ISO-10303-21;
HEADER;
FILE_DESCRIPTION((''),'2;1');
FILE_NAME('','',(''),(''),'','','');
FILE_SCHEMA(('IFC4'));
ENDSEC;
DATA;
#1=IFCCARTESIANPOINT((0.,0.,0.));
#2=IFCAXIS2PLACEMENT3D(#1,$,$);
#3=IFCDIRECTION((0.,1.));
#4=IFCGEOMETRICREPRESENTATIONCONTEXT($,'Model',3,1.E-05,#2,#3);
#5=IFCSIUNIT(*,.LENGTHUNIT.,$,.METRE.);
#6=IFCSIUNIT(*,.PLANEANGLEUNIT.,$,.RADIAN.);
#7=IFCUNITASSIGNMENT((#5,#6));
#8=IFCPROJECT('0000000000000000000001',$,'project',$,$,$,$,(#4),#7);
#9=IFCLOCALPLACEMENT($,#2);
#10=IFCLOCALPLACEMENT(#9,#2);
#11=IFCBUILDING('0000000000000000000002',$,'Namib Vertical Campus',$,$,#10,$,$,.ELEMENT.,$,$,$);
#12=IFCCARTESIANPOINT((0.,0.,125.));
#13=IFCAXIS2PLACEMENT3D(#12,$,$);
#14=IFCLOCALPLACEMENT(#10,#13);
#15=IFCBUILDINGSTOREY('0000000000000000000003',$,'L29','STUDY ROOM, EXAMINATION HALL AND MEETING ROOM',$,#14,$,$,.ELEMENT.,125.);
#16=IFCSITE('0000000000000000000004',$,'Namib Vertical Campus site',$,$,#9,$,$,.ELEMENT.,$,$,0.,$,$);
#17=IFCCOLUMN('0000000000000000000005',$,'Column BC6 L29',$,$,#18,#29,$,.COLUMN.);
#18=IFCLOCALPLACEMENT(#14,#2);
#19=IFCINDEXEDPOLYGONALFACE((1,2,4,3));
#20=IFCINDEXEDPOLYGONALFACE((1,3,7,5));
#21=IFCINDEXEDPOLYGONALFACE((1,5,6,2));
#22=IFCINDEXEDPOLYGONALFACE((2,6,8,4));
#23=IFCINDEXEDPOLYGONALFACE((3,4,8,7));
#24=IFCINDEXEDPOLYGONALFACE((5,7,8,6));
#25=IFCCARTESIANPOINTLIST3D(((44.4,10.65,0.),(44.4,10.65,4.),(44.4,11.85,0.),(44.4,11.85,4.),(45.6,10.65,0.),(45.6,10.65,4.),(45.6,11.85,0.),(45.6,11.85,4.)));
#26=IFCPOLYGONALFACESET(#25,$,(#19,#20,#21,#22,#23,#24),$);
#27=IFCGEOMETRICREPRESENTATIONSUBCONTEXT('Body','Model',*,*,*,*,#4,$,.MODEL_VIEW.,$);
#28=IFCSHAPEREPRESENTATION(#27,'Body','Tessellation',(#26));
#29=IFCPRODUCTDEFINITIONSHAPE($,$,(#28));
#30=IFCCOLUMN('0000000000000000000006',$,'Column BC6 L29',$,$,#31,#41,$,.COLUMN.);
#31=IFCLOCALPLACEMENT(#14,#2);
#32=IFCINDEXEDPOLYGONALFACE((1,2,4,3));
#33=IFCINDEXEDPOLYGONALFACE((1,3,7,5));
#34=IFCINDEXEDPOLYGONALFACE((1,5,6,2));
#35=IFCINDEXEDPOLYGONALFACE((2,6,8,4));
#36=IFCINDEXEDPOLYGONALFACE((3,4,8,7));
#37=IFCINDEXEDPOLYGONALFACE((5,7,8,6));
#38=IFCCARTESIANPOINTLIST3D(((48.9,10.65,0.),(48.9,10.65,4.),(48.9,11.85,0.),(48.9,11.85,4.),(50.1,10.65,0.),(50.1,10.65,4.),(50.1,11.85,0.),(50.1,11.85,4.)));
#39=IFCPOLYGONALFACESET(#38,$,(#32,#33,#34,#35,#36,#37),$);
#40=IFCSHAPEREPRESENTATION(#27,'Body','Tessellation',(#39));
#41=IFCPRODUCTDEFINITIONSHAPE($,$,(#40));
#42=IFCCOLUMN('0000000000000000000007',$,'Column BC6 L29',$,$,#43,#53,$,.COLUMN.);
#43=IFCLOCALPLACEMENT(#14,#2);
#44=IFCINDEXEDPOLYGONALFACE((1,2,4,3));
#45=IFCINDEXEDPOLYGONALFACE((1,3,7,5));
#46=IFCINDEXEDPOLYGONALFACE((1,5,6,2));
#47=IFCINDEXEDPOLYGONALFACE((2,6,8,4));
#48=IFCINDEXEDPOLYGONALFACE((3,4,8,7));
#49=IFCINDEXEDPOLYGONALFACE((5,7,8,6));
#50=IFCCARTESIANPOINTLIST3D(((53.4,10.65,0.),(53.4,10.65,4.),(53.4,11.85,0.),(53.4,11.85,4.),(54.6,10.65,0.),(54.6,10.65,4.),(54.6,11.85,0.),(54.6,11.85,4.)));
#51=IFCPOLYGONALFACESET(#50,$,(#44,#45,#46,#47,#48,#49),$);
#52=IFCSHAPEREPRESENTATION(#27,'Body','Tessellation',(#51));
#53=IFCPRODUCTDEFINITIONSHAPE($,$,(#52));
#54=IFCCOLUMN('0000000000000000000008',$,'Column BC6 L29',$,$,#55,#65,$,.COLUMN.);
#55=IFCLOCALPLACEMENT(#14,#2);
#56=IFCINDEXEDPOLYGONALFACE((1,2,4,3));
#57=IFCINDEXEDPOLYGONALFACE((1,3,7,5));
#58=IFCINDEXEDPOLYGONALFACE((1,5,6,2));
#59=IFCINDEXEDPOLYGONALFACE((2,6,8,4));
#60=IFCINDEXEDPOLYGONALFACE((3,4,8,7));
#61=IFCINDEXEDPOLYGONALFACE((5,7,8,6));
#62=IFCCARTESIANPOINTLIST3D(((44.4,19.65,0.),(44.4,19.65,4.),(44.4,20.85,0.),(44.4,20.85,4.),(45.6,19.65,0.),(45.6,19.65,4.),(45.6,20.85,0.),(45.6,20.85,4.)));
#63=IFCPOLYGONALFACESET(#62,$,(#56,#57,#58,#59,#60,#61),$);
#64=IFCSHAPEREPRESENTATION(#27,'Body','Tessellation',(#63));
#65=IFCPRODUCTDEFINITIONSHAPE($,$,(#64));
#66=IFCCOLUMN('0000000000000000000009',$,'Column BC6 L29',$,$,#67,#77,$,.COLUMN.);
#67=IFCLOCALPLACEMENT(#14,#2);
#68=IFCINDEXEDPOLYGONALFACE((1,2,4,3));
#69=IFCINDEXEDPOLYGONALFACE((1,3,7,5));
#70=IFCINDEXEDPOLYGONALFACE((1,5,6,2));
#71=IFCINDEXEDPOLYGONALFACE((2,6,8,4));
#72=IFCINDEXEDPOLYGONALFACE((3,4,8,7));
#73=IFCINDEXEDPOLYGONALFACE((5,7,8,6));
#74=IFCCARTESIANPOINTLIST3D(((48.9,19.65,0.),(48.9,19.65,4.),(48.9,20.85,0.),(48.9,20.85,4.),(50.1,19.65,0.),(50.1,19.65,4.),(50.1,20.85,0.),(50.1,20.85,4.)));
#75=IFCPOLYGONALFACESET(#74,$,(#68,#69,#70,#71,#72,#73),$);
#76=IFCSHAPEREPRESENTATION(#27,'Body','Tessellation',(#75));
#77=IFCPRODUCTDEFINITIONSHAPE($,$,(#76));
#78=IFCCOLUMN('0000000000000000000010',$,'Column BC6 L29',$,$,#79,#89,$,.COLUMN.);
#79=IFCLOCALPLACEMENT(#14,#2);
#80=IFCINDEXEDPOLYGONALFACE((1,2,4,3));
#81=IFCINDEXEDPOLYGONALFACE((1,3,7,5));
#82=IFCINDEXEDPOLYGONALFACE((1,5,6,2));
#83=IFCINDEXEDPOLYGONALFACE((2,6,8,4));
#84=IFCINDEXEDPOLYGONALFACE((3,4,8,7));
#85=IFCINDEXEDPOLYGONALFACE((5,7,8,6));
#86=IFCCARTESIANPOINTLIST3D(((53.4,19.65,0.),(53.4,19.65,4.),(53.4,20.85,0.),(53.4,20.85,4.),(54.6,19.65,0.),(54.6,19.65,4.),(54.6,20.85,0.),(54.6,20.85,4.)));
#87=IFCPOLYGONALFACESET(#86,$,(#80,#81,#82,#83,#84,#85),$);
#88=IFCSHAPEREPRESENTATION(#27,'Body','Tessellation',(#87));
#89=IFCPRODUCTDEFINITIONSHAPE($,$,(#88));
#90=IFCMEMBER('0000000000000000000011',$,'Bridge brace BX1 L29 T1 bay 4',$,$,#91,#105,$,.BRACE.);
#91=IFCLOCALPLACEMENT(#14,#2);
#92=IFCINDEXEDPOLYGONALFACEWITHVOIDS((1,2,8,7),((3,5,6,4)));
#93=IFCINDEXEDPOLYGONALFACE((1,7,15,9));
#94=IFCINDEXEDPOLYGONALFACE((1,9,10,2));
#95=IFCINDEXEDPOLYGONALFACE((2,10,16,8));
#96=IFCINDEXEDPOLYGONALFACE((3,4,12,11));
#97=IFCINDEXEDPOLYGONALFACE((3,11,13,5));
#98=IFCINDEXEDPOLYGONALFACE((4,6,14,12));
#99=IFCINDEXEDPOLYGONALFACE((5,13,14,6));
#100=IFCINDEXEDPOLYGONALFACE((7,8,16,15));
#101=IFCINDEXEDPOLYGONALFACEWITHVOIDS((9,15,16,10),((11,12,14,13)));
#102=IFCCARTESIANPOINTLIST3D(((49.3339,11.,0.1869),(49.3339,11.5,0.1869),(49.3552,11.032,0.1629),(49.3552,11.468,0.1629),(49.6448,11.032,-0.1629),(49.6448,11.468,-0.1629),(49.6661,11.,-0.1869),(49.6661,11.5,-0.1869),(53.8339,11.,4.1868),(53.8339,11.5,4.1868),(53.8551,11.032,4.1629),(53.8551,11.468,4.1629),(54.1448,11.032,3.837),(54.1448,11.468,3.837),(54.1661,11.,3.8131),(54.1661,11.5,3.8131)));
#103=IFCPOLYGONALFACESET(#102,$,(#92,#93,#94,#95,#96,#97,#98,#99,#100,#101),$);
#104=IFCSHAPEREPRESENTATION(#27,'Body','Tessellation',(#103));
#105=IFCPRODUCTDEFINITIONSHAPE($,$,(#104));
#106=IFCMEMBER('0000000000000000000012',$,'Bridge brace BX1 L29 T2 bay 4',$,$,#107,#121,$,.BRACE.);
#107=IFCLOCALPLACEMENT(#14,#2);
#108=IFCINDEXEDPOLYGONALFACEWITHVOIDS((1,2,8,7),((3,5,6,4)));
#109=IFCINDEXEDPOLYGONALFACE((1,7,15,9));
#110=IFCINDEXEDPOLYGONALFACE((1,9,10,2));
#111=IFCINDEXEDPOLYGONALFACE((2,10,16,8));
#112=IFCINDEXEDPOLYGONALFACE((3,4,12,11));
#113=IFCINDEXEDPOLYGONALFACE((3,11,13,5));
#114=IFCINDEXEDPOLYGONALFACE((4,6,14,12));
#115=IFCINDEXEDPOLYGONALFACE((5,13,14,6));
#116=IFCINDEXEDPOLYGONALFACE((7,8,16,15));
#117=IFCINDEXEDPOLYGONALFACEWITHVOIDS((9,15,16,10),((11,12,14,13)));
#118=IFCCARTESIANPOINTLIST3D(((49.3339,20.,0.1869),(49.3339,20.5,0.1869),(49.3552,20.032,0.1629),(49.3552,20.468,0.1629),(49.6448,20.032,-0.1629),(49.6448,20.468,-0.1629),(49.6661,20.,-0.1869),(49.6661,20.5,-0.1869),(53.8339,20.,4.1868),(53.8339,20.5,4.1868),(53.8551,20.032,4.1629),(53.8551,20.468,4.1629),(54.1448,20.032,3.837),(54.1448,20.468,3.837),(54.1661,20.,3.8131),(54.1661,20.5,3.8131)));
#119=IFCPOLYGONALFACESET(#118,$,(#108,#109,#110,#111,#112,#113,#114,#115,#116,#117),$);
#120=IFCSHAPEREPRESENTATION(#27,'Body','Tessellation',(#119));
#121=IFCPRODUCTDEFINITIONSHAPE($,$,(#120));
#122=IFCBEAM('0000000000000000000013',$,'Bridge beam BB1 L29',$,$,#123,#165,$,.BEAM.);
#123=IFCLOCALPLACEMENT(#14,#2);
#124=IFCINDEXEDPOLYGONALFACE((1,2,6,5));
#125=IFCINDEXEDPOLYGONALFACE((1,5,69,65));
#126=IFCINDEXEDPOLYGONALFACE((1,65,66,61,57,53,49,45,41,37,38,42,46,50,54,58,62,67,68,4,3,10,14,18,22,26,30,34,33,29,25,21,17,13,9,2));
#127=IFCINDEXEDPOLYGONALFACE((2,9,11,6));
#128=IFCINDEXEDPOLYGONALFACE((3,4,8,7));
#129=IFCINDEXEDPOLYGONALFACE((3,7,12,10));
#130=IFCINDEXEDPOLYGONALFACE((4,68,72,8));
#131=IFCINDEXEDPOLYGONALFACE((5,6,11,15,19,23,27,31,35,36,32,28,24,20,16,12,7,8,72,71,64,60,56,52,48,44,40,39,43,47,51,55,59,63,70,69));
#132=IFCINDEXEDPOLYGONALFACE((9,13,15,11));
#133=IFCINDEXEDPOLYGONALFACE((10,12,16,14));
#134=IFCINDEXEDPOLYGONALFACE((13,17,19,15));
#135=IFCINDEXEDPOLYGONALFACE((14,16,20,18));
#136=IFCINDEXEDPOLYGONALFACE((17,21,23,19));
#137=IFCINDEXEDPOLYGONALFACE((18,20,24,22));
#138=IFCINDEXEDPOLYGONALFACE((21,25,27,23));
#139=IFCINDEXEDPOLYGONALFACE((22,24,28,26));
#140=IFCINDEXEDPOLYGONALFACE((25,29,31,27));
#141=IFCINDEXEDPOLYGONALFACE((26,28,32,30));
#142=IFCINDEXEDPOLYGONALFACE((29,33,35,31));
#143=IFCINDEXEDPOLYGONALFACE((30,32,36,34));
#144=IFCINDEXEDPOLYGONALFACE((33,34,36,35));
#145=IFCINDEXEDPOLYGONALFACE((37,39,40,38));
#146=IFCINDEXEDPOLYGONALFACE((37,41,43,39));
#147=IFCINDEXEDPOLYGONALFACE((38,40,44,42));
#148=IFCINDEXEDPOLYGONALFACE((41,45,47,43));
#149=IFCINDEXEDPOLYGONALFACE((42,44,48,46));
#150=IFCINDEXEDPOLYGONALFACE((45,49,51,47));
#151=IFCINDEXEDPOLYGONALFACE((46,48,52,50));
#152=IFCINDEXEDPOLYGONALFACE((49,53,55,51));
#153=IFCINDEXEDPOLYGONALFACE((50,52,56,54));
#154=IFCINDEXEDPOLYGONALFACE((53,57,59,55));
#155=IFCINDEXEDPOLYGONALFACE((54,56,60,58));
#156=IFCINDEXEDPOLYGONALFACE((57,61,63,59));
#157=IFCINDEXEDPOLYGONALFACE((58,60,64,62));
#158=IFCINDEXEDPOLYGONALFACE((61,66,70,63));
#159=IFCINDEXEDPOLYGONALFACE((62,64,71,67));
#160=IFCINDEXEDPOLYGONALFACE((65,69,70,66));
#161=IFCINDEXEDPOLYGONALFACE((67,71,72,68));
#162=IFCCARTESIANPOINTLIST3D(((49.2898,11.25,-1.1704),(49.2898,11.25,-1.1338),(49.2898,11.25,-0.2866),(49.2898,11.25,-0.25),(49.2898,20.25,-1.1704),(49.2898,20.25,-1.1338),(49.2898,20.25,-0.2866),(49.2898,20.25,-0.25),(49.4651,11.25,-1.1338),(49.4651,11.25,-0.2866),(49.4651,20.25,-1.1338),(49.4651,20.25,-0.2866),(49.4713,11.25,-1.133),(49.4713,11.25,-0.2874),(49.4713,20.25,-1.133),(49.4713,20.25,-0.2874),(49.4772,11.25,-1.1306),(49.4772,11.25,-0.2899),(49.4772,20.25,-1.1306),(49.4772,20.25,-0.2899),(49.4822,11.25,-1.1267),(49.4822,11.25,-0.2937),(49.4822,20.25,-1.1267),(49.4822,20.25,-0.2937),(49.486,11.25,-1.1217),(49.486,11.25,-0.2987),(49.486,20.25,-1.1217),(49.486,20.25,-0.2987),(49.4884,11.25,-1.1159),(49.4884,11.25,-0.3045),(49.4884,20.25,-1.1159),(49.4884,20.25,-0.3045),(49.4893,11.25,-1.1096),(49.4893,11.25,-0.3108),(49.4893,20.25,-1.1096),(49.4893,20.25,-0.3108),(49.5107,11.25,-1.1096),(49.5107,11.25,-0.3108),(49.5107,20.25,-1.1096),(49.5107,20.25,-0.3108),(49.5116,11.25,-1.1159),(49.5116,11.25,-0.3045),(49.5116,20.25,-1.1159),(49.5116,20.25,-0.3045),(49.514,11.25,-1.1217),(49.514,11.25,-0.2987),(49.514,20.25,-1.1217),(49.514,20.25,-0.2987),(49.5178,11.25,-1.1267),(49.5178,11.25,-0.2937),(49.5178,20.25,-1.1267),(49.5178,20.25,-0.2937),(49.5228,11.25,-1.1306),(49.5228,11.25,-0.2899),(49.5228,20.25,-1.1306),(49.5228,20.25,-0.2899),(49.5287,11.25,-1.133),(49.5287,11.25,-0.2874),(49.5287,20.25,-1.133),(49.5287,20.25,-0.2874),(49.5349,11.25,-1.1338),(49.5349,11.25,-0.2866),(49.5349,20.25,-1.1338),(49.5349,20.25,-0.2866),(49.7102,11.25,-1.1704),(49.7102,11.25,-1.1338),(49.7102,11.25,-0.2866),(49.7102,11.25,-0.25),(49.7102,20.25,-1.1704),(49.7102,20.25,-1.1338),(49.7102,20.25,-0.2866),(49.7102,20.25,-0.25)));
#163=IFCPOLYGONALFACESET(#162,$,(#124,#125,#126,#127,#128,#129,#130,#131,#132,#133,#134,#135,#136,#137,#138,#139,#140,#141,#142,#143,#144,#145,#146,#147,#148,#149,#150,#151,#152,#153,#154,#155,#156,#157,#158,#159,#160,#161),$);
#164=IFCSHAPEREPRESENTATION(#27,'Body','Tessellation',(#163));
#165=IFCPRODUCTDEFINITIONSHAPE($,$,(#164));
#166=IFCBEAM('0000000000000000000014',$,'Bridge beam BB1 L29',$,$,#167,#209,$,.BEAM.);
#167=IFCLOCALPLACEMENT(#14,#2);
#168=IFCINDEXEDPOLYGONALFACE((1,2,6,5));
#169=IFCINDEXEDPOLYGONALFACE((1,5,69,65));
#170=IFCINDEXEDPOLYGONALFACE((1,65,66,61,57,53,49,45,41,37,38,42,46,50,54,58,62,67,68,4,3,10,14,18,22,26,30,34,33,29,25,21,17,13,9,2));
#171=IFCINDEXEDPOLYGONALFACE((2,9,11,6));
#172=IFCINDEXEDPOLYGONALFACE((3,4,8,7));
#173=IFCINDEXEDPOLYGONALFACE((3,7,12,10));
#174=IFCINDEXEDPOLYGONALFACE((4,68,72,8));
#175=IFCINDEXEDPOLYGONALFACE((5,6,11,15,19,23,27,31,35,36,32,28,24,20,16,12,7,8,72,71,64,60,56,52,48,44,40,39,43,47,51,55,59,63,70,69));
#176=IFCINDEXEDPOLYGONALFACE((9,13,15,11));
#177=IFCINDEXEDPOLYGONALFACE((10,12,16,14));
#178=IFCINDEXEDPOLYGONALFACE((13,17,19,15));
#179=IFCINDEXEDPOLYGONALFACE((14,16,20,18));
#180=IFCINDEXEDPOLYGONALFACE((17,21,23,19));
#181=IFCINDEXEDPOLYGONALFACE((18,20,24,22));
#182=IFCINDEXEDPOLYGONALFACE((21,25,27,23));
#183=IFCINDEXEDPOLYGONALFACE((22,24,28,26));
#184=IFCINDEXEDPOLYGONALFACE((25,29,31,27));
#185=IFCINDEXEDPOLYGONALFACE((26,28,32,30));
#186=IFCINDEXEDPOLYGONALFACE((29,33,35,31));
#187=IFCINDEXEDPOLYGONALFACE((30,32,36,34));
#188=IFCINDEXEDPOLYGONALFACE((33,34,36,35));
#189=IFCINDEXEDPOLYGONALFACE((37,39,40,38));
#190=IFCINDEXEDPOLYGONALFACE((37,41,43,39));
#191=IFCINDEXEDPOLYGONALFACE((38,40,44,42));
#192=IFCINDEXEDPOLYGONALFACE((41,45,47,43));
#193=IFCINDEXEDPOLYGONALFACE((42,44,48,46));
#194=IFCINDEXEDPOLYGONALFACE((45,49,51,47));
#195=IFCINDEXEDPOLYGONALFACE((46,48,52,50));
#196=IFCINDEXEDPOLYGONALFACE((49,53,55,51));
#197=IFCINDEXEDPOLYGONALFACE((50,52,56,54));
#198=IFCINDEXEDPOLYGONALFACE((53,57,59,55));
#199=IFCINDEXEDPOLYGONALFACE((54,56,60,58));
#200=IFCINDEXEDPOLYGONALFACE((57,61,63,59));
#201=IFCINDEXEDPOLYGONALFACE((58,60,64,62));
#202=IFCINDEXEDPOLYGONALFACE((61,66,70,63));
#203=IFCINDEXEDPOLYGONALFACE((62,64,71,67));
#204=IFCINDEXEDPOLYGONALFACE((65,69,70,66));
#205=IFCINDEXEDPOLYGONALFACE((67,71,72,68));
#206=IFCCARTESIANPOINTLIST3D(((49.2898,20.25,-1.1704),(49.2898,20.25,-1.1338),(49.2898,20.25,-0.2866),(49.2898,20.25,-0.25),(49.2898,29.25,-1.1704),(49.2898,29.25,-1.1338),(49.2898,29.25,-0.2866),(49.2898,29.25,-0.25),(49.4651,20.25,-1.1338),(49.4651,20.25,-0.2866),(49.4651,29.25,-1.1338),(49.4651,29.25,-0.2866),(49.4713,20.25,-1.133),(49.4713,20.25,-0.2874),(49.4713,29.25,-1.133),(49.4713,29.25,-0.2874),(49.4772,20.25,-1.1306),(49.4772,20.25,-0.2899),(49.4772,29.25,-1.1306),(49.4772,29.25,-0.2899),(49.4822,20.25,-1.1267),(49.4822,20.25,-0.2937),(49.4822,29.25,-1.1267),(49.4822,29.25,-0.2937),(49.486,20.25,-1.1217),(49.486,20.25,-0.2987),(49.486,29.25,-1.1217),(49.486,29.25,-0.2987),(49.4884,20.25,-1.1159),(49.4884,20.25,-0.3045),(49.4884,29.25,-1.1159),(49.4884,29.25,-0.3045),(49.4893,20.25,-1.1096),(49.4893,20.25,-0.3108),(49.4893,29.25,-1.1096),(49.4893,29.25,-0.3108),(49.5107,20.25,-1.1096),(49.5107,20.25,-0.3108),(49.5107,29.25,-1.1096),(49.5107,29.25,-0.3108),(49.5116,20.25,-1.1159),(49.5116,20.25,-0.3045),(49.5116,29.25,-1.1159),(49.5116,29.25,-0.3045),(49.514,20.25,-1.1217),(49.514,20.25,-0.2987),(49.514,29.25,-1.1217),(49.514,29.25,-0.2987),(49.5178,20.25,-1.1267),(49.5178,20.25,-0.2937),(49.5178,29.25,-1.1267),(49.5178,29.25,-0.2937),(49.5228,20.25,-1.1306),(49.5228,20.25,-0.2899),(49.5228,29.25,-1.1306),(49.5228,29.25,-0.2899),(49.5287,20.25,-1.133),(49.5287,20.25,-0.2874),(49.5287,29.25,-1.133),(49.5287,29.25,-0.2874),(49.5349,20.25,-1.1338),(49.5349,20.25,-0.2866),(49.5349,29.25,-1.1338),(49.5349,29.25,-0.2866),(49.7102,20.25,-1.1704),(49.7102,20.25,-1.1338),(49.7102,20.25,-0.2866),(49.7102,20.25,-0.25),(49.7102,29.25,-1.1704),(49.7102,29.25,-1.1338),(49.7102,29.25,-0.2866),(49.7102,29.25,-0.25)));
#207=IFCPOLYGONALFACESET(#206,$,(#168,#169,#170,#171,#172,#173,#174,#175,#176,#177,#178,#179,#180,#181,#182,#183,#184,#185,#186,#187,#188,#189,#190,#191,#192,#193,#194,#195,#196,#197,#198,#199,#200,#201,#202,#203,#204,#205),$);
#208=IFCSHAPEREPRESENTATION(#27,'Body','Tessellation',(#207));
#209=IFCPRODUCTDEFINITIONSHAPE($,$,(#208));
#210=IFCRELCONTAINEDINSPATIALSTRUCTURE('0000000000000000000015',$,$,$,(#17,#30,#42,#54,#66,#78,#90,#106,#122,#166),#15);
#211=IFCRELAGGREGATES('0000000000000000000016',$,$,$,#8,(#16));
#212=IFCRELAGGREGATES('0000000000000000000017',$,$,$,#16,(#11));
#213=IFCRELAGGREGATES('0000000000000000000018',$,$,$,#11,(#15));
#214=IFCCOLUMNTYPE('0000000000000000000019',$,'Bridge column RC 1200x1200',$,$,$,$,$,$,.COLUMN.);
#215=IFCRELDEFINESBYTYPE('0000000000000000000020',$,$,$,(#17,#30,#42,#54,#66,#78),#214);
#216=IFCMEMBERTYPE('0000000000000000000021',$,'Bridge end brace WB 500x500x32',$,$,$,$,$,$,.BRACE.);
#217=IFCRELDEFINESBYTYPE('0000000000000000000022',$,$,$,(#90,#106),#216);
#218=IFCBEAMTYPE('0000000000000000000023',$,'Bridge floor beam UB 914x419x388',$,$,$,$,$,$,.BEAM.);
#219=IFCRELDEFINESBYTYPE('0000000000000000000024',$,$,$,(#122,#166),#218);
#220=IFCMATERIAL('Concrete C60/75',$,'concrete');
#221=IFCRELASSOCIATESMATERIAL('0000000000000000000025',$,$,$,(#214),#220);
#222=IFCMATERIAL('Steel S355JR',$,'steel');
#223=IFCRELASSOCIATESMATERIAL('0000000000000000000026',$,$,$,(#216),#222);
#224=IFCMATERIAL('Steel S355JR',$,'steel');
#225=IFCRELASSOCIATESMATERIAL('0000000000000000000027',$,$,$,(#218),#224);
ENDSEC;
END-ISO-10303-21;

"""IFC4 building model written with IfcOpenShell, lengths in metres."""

from ifc_helpers import new_model, si_unit, direction, frame, origin, origin_2d, place, context, subcontext, project, spatial, rectangle, hollow_rectangle, i_section, extrude, material, material_profile, profile_set, type_object, element, save


model = new_model("IFC4")

# Units and contexts
model_context = context("Model", 3, precision=1e-05, world=origin(), true_north=direction((0.0, 1.0)))
body_context = subcontext(model_context, "Body", "Model", "MODEL_VIEW")
ifc_project = project(units=[si_unit("LENGTHUNIT", "METRE"), si_unit("PLANEANGLEUNIT", "RADIAN")], contexts=[model_context])

# Site, building, storey
site_placement = place(None, origin())
site = spatial("IfcSite", under=ifc_project, at=site_placement, Name="Namib Vertical Campus site", CompositionType="ELEMENT", RefElevation=0.0)
building_placement = place(site_placement, origin())
building = spatial("IfcBuilding", under=site, at=building_placement, Name="Namib Vertical Campus", CompositionType="ELEMENT")
storey_placement = place(building_placement, frame((0.0, 0.0, 125.0)))
storey = spatial("IfcBuildingStorey", under=building, at=storey_placement, Name="L29", Description="STUDY ROOM, EXAMINATION HALL AND MEETING ROOM", CompositionType="ELEMENT", Elevation=125.0)

# Columns
ifc_material_1 = material(Name="Concrete C60/75", Category="concrete")
ifc_material_profile_1 = material_profile(ifc_material_1, rectangle(XDim=1.2, YDim=1.2, at=origin_2d()))
ifc_profile_set_1 = profile_set([ifc_material_profile_1], Name="Concrete C60/75")
column_type = type_object("IfcColumnType", Name="Bridge column RC 1200x1200", PredefinedType="COLUMN", material=ifc_profile_set_1)
for number, where, z_axis, x_axis, name in (
    (1, (45.0, 11.25, 0.0), (0.0, 0.0, 1.0), (1.0, 0.0, 0.0), "Column BC6 L29"),
    (2, (49.5, 11.25, 0.0), (0.0, 0.0, 1.0), (1.0, 0.0, 0.0), "Column BC6 L29"),
    (3, (54.0, 11.25, 0.0), (0.0, 0.0, 1.0), (1.0, 0.0, 0.0), "Column BC6 L29"),
    (4, (45.0, 20.25, 0.0), (0.0, 0.0, 1.0), (1.0, 0.0, 0.0), "Column BC6 L29"),
    (5, (49.5, 20.25, 0.0), (0.0, 0.0, 1.0), (1.0, 0.0, 0.0), "Column BC6 L29"),
    (6, (54.0, 20.25, 0.0), (0.0, 0.0, 1.0), (1.0, 0.0, 0.0), "Column BC6 L29"),
):
    element("IfcColumn", number, at=place(storey_placement, frame(where, z_axis=z_axis, x_axis=x_axis)), inside=storey, type_object=column_type, Name=name, PredefinedType="COLUMN", context=body_context, shape_type="SweptSolid", body=[
        extrude(rectangle(XDim=1.2, YDim=1.2, at=origin_2d()), origin(), (0.0, 0.0, 1.0), 4.0),
    ])

# Members
ifc_material_2 = material(Name="Steel S355JR", Category="steel")
ifc_material_profile_2 = material_profile(ifc_material_2, hollow_rectangle(XDim=0.5, YDim=0.5, WallThickness=0.032, at=origin_2d()))
ifc_profile_set_2 = profile_set([ifc_material_profile_2], Name="Steel S355JR")
member_type_1 = type_object("IfcMemberType", Name="Bridge end brace WB 500x500x32", PredefinedType="BRACE", material=ifc_profile_set_2)
for number, where, z_axis, x_axis, name in (
    (7, (49.5, 11.25, 0.0), (0.747409, 0.0, 0.664364), (0.0, 1.0, 0.0), "Bridge brace BX1 L29 T1 bay 4"),
    (8, (49.5, 20.25, 0.0), (0.747409, 0.0, 0.664364), (0.0, 1.0, 0.0), "Bridge brace BX1 L29 T2 bay 4"),
):
    element("IfcMember", number, at=place(storey_placement, frame(where, z_axis=z_axis, x_axis=x_axis)), inside=storey, type_object=member_type_1, Name=name, PredefinedType="BRACE", context=body_context, shape_type="SweptSolid", body=[
        extrude(hollow_rectangle(XDim=0.5, YDim=0.5, WallThickness=0.032, at=origin_2d()), origin(), (0.0, 0.0, 1.0), 6.0208),
    ])

# Beams
ifc_material_3 = material(Name="Steel S355JR", Category="steel")
ifc_material_profile_3 = material_profile(ifc_material_3, i_section(OverallWidth=0.4204, OverallDepth=0.9204, WebThickness=0.0215, FlangeThickness=0.0366, FilletRadius=0.0242, at=origin_2d()))
ifc_profile_set_3 = profile_set([ifc_material_profile_3], Name="Steel S355JR")
beam_type_1 = type_object("IfcBeamType", Name="Bridge floor beam UB 914x419x388", PredefinedType="BEAM", material=ifc_profile_set_3)
for number, where, z_axis, x_axis, name in (
    (9, (49.5, 11.25, -0.7102), (0.0, 1.0, 0.0), (-1.0, 0.0, 0.0), "Bridge beam BB1 L29"),
    (10, (49.5, 20.25, -0.7102), (0.0, 1.0, 0.0), (-1.0, 0.0, 0.0), "Bridge beam BB1 L29"),
):
    element("IfcBeam", number, at=place(storey_placement, frame(where, z_axis=z_axis, x_axis=x_axis)), inside=storey, type_object=beam_type_1, Name=name, PredefinedType="BEAM", context=body_context, shape_type="SweptSolid", body=[
        extrude(i_section(OverallWidth=0.4204, OverallDepth=0.9204, WebThickness=0.0215, FlangeThickness=0.0366, FilletRadius=0.0242, at=origin_2d()), origin(), (0.0, 0.0, 1.0), 9.0),
    ])

save(model, "model.ifc")
